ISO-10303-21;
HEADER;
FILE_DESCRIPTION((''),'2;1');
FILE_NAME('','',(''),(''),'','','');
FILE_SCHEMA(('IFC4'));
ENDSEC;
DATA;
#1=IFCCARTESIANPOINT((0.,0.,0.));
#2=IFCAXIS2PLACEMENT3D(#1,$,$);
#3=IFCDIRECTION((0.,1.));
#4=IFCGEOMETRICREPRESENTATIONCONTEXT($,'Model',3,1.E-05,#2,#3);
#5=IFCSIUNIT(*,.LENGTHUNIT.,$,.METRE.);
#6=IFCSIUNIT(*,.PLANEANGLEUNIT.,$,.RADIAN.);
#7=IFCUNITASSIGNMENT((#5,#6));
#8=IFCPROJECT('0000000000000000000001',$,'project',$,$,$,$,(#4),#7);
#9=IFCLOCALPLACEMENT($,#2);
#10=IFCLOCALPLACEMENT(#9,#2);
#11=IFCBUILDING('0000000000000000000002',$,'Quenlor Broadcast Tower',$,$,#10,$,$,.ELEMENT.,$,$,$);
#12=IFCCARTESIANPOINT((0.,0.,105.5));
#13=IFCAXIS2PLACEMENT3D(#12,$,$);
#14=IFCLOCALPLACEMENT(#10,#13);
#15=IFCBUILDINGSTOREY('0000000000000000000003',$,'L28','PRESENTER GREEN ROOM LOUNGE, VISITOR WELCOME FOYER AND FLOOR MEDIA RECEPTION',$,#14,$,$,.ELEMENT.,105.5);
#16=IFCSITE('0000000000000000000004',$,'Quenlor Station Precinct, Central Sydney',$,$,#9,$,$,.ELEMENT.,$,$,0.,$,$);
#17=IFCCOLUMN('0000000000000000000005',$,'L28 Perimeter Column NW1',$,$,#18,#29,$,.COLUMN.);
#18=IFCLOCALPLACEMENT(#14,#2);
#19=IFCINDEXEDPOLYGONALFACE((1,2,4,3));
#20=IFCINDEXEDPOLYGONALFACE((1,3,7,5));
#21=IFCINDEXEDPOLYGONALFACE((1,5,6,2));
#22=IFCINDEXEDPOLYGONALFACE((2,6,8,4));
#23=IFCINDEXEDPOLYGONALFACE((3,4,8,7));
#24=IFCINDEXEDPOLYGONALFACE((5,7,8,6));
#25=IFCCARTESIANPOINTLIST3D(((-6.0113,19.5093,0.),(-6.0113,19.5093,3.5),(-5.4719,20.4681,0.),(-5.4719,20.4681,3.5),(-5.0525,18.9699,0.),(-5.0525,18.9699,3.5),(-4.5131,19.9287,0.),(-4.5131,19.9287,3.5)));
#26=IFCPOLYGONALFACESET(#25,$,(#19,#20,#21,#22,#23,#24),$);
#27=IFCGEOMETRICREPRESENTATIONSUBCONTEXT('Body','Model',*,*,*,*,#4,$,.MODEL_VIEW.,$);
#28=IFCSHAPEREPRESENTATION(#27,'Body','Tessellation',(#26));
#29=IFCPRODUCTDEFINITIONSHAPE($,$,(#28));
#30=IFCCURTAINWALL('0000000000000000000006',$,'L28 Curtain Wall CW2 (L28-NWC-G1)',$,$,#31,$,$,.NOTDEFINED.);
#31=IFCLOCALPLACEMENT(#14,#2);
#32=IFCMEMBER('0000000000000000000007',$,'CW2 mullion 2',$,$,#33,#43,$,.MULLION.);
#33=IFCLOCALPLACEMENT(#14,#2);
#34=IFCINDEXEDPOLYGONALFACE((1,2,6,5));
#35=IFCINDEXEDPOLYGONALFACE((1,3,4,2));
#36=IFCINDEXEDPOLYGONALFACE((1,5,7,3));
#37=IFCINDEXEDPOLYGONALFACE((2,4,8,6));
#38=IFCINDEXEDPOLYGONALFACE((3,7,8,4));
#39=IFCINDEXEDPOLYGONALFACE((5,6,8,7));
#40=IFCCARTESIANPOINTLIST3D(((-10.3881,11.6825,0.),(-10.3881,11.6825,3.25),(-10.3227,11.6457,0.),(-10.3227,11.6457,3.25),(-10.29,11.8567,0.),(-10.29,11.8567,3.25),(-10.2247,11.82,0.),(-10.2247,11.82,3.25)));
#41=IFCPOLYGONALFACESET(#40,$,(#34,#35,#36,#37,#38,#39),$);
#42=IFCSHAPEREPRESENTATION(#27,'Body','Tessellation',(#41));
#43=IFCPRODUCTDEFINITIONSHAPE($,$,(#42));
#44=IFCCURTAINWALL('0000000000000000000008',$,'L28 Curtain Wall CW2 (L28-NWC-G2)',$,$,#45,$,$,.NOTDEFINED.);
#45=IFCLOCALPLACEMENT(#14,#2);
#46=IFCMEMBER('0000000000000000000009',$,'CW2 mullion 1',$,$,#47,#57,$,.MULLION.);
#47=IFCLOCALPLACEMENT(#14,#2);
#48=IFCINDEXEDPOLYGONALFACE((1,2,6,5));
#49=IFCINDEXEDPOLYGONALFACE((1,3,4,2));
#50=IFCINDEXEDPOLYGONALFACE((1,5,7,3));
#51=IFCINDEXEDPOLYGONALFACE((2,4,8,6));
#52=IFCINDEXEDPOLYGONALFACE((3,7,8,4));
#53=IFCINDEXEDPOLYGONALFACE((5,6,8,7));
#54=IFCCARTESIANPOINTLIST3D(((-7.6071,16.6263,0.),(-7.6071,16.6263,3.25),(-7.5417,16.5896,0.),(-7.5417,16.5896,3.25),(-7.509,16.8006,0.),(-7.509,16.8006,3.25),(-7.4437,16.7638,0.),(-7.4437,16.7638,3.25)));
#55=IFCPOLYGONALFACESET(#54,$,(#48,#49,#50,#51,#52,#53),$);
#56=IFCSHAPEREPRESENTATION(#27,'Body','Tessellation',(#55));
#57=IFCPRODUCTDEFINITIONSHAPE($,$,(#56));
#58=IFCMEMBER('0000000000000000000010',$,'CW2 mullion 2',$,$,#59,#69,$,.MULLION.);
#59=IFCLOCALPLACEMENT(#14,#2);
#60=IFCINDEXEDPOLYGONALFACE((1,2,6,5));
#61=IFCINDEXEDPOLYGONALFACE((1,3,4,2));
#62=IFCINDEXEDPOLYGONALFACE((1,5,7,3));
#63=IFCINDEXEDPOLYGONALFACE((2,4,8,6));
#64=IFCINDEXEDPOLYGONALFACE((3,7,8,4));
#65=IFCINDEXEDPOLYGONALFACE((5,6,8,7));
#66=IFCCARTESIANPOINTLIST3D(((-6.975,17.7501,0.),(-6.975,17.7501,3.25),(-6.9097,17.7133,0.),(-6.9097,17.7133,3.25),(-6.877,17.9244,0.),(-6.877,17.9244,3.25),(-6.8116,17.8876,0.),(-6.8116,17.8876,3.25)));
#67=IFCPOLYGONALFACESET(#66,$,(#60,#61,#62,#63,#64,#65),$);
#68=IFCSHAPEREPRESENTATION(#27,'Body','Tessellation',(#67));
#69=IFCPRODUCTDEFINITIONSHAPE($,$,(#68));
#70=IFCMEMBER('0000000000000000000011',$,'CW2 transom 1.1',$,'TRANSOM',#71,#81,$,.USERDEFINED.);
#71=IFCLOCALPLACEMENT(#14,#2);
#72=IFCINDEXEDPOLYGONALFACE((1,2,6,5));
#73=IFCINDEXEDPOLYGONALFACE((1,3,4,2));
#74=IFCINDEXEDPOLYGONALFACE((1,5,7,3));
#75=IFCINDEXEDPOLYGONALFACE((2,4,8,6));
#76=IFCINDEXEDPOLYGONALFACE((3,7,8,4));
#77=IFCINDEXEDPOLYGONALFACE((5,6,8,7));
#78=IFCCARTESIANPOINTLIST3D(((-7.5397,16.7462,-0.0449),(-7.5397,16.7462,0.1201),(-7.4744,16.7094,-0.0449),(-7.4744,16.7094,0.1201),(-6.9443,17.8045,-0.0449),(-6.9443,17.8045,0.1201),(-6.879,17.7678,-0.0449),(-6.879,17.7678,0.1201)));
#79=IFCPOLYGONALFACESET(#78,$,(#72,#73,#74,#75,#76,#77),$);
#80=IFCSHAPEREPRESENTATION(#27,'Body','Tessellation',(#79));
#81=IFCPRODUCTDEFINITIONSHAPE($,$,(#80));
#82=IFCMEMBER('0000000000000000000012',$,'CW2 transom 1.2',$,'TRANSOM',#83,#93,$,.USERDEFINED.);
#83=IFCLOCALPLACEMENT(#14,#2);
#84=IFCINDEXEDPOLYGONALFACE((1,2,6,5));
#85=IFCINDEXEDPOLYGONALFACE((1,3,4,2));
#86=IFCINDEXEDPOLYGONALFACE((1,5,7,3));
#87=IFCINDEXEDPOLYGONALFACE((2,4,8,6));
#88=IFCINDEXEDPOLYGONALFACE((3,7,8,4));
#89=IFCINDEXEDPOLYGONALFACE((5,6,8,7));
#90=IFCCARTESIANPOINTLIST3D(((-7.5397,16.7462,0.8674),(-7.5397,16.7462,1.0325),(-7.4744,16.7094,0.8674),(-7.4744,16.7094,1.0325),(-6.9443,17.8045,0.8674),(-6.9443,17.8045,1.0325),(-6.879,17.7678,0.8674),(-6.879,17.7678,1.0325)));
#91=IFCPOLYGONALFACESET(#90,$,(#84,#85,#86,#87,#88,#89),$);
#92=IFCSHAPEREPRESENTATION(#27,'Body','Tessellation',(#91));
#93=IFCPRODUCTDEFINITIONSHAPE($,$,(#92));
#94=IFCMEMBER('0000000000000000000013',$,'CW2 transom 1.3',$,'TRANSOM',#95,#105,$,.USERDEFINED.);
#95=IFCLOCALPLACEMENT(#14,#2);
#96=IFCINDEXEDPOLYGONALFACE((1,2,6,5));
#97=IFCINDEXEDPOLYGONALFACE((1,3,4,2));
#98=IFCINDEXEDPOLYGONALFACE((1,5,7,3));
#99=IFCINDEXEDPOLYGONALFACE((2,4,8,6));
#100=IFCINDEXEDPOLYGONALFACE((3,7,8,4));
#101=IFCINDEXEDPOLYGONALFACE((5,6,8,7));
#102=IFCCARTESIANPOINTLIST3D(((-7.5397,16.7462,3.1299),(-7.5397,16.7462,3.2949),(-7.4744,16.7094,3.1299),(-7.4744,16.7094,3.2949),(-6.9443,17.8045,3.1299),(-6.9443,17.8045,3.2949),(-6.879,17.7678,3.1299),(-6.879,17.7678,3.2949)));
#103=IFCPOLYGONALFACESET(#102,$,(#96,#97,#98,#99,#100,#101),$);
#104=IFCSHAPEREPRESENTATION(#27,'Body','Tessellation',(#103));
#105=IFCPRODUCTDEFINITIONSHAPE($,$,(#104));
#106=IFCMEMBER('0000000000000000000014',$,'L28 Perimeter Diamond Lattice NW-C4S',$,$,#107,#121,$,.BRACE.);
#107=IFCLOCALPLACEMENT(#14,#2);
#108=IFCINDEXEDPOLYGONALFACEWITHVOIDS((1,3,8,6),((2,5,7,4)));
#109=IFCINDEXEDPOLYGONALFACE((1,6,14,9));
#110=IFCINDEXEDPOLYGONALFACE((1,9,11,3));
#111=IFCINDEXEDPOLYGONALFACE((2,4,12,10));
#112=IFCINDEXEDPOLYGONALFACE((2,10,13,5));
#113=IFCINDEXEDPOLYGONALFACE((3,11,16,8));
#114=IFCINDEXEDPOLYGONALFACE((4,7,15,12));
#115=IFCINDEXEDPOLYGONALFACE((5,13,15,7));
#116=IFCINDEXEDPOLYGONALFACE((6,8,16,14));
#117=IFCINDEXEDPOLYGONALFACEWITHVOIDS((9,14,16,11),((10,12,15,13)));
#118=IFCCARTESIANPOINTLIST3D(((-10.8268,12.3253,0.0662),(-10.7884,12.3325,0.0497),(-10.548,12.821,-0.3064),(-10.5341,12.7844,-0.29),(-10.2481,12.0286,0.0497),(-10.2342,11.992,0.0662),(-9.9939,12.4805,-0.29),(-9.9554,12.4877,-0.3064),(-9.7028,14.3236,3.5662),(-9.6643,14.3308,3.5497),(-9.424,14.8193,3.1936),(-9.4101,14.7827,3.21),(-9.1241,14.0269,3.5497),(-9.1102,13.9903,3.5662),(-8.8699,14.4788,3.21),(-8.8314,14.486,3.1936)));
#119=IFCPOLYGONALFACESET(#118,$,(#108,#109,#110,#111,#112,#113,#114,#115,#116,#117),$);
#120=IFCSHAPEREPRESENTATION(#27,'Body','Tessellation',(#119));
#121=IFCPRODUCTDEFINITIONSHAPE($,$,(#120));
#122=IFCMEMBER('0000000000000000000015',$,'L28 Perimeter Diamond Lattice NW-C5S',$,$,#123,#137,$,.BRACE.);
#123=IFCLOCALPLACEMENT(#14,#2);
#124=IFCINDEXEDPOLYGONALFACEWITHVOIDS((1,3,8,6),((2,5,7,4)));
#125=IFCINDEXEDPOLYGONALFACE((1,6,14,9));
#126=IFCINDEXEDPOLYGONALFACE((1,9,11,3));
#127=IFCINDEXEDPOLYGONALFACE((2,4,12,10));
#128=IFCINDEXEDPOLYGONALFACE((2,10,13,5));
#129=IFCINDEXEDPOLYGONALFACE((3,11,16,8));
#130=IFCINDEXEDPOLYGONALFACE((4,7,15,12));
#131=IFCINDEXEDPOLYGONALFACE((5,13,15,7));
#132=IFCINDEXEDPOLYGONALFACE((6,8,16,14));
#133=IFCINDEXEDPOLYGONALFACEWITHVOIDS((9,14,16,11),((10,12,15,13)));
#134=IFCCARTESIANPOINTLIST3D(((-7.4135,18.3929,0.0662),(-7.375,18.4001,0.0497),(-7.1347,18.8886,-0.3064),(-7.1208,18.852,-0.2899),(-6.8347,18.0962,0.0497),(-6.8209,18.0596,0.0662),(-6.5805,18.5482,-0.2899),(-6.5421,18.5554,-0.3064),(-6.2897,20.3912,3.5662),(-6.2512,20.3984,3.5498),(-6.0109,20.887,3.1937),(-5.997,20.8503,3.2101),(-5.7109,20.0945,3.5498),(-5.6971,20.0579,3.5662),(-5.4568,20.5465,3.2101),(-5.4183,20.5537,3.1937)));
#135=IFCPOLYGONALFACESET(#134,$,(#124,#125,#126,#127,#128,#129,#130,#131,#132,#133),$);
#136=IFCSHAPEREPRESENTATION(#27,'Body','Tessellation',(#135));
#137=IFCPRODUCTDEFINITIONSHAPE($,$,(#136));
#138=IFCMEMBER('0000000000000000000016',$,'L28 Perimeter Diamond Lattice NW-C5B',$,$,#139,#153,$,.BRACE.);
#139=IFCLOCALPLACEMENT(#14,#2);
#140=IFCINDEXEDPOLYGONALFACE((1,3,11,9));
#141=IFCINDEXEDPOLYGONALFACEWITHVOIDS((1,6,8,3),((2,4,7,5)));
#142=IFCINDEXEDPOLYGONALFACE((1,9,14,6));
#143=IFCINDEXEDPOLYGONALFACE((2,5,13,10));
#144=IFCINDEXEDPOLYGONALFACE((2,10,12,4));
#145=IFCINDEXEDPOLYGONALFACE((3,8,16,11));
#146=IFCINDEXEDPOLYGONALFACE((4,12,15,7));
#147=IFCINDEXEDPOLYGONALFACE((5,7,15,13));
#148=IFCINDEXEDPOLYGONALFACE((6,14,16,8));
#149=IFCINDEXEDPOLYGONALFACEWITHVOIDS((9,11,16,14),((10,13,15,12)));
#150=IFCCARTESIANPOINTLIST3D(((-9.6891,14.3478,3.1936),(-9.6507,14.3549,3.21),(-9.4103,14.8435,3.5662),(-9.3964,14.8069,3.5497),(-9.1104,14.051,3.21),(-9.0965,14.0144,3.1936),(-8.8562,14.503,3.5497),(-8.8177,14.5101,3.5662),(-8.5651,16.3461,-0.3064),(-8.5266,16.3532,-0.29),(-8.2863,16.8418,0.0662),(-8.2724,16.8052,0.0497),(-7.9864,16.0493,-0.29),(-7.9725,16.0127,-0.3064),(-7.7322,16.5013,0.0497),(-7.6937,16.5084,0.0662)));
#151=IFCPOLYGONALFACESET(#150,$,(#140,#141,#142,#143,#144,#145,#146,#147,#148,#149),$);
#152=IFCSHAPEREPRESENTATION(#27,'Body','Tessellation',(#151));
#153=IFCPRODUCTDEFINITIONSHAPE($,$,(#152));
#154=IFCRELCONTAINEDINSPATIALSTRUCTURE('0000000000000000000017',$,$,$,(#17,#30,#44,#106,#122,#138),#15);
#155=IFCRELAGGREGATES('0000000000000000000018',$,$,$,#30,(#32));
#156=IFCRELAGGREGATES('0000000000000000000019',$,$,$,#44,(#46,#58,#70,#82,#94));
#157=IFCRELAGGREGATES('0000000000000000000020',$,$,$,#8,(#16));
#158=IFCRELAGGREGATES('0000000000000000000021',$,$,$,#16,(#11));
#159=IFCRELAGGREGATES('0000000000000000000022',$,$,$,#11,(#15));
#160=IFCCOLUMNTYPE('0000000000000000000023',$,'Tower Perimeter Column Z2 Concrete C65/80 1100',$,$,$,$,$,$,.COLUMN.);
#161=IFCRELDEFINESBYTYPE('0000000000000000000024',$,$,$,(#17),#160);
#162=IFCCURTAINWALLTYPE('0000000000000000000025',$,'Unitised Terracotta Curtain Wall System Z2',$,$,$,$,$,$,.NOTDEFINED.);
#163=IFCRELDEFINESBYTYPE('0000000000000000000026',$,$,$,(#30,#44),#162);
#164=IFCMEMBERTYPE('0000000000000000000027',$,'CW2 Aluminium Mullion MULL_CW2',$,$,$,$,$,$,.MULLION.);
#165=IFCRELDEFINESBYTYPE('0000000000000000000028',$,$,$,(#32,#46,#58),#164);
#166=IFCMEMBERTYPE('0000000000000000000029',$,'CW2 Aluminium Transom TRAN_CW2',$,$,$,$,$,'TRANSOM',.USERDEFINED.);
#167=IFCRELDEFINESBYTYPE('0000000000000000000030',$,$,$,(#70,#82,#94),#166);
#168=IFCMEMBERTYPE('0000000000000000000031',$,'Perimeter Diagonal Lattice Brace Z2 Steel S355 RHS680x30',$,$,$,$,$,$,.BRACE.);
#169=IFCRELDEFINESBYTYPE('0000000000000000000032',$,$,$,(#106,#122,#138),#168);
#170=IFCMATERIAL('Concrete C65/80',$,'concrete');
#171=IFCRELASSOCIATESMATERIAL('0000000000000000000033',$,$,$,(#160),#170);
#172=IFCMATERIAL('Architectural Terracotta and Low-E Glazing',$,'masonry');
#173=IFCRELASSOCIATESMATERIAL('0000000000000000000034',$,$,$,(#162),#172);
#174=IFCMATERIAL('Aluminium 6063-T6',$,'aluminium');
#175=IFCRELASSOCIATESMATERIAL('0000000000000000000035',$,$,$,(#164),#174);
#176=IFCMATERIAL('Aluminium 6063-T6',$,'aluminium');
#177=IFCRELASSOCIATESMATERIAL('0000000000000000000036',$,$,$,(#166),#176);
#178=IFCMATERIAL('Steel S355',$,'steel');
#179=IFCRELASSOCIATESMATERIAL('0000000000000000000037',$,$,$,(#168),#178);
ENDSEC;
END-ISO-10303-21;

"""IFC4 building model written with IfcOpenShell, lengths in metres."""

from ifc_helpers import new_model, si_unit, direction, frame, origin, origin_2d, place, context, subcontext, project, spatial, rectangle, hollow_rectangle, extrude, material, material_profile, profile_set, type_object, element, aggregate, save


model = new_model("IFC4")

# Units and contexts
model_context = context("Model", 3, precision=1e-05, world=origin(), true_north=direction((0.0, 1.0)))
body_context = subcontext(model_context, "Body", "Model", "MODEL_VIEW")
ifc_project = project(units=[si_unit("LENGTHUNIT", "METRE"), si_unit("PLANEANGLEUNIT", "RADIAN")], contexts=[model_context])

# Site, building, storey
site_placement = place(None, origin())
site = spatial("IfcSite", under=ifc_project, at=site_placement, Name="Quenlor Station Precinct, Central Sydney", CompositionType="ELEMENT", RefElevation=0.0)
building_placement = place(site_placement, origin())
building = spatial("IfcBuilding", under=site, at=building_placement, Name="Quenlor Broadcast Tower", CompositionType="ELEMENT")
storey_placement = place(building_placement, frame((0.0, 0.0, 105.5)))
storey = spatial("IfcBuildingStorey", under=building, at=storey_placement, Name="L28", Description="PRESENTER GREEN ROOM LOUNGE, VISITOR WELCOME FOYER AND FLOOR MEDIA RECEPTION", CompositionType="ELEMENT", Elevation=105.5)

# Column
ifc_material_1 = material(Name="Concrete C65/80", Category="concrete")
ifc_material_profile_1 = material_profile(ifc_material_1, rectangle(XDim=1.1001, YDim=1.1001, at=origin_2d()))
ifc_profile_set_1 = profile_set([ifc_material_profile_1], Name="Concrete C65/80 RC1100x1100")
column_type = type_object("IfcColumnType", Name="Tower Perimeter Column Z2 Concrete C65/80 1100", PredefinedType="COLUMN", material=ifc_profile_set_1)
column_placement = place(storey_placement, frame((-5.2622, 19.719, 0.0), z_axis=(0.0, 0.0, 1.0), x_axis=(-0.871575, 0.490262, 0.0)))
element("IfcColumn", 1, at=column_placement, inside=storey, type_object=column_type, Name="L28 Perimeter Column NW1", PredefinedType="COLUMN", context=body_context, shape_type="SweptSolid", body=[
    extrude(rectangle(XDim=1.1001, YDim=1.1001, at=origin_2d()), origin(), (0.0, 0.0, 1.0), 3.5),
])

# Curtain wall, member
ifc_material_2 = material(Name="Architectural Terracotta and Low-E Glazing", Category="masonry")
curtain_wall_type = type_object("IfcCurtainWallType", Name="Unitised Terracotta Curtain Wall System Z2", PredefinedType="NOTDEFINED", material=ifc_material_2)
curtain_wall_1_placement = place(storey_placement, origin())
curtain_wall_1 = element("IfcCurtainWall", 2, at=curtain_wall_1_placement, inside=storey, type_object=curtain_wall_type, Name="L28 Curtain Wall CW2 (L28-NWC-G1)", PredefinedType="NOTDEFINED")
ifc_material_3 = material(Name="Aluminium 6063-T6", Category="aluminium")
ifc_material_profile_2 = material_profile(ifc_material_3, rectangle(XDim=0.075, YDim=0.2, at=origin_2d()))
ifc_profile_set_2 = profile_set([ifc_material_profile_2], Name="Aluminium 6063-T6 MULL75x200")
member_type_1 = type_object("IfcMemberType", Name="CW2 Aluminium Mullion MULL_CW2", PredefinedType="MULLION", material=ifc_profile_set_2)
member_1_placement = place(storey_placement, frame((-10.3064, 11.7512, 0.0), z_axis=(0.0, 0.0, 1.0), x_axis=(-0.871581, 0.490252, 0.0)))
member_1 = element("IfcMember", 3, at=member_1_placement, type_object=member_type_1, Name="CW2 mullion 2", PredefinedType="MULLION", context=body_context, shape_type="SweptSolid", body=[
    extrude(rectangle(XDim=0.075, YDim=0.2, at=origin_2d()), origin(), (0.0, 0.0, 1.0), 3.25),
])

# Curtain wall, members
curtain_wall_2_placement = place(storey_placement, origin())
curtain_wall_2 = element("IfcCurtainWall", 4, at=curtain_wall_2_placement, inside=storey, type_object=curtain_wall_type, Name="L28 Curtain Wall CW2 (L28-NWC-G2)", PredefinedType="NOTDEFINED")
member_2_placement = place(storey_placement, frame((-7.5254, 16.6951, 0.0), z_axis=(0.0, 0.0, 1.0), x_axis=(-0.871583, 0.490247, 0.0)))
member_2 = element("IfcMember", 5, at=member_2_placement, type_object=member_type_1, Name="CW2 mullion 1", PredefinedType="MULLION", context=body_context, shape_type="SweptSolid", body=[
    extrude(rectangle(XDim=0.075, YDim=0.2, at=origin_2d()), origin(), (0.0, 0.0, 1.0), 3.25),
])
member_3_placement = place(storey_placement, frame((-6.8933, 17.8188, 0.0), z_axis=(0.0, 0.0, 1.0), x_axis=(-0.871583, 0.490247, 0.0)))
member_3 = element("IfcMember", 6, at=member_3_placement, type_object=member_type_1, Name="CW2 mullion 2", PredefinedType="MULLION", context=body_context, shape_type="SweptSolid", body=[
    extrude(rectangle(XDim=0.075, YDim=0.2, at=origin_2d()), origin(), (0.0, 0.0, 1.0), 3.25),
])
ifc_material_4 = material(Name="Aluminium 6063-T6", Category="aluminium")
ifc_material_profile_3 = material_profile(ifc_material_4, rectangle(XDim=0.075, YDim=0.165, at=origin_2d()))
ifc_profile_set_3 = profile_set([ifc_material_profile_3], Name="Aluminium 6063-T6 TRAN75x165")
member_type_2 = type_object("IfcMemberType", Name="CW2 Aluminium Transom TRAN_CW2", ElementType="TRANSOM", PredefinedType="USERDEFINED", material=ifc_profile_set_3)
member_4_placement = place(storey_placement, frame((-7.5071, 16.7278, 0.0376), z_axis=(0.490347, 0.871527, 0.0), x_axis=(-0.871527, 0.490347, 0.0)))
member_4 = element("IfcMember", 7, at=member_4_placement, type_object=member_type_2, Name="CW2 transom 1.1", ObjectType="TRANSOM", PredefinedType="USERDEFINED", context=body_context, shape_type="SweptSolid", body=[
    extrude(rectangle(XDim=0.075, YDim=0.165, at=origin_2d()), origin(), (0.0, 0.0, 1.0), 1.2144),
])
member_5_placement = place(storey_placement, frame((-7.5071, 16.7278, 0.95), z_axis=(0.490347, 0.871527, 0.0), x_axis=(-0.871527, 0.490347, 0.0)))
member_5 = element("IfcMember", 8, at=member_5_placement, type_object=member_type_2, Name="CW2 transom 1.2", ObjectType="TRANSOM", PredefinedType="USERDEFINED", context=body_context, shape_type="SweptSolid", body=[
    extrude(rectangle(XDim=0.075, YDim=0.165, at=origin_2d()), origin(), (0.0, 0.0, 1.0), 1.2144),
])
member_6_placement = place(storey_placement, frame((-7.5071, 16.7278, 3.2124), z_axis=(0.490347, 0.871527, 0.0), x_axis=(-0.871527, 0.490347, 0.0)))
member_6 = element("IfcMember", 9, at=member_6_placement, type_object=member_type_2, Name="CW2 transom 1.3", ObjectType="TRANSOM", PredefinedType="USERDEFINED", context=body_context, shape_type="SweptSolid", body=[
    extrude(rectangle(XDim=0.075, YDim=0.165, at=origin_2d()), origin(), (0.0, 0.0, 1.0), 1.2144),
])

# Members
ifc_material_5 = material(Name="Steel S355", Category="steel")
ifc_material_profile_4 = material_profile(ifc_material_5, hollow_rectangle(XDim=0.6799, YDim=0.6799, WallThickness=0.03, at=origin_2d()))
ifc_profile_set_4 = profile_set([ifc_material_profile_4], Name="Steel S355 RHS680x680x30")
member_type_3 = type_object("IfcMemberType", Name="Perimeter Diagonal Lattice Brace Z2 Steel S355 RHS680x30", PredefinedType="BRACE", material=ifc_profile_set_4)
for number, where, z_axis, x_axis, name in (
    (10, (-10.3911, 12.4065, -0.1201), (0.268642, 0.477593, 0.836502), (-0.871578, 0.490256, 0.0), "L28 Perimeter Diamond Lattice NW-C4S"),
    (11, (-6.9778, 18.4741, -0.1201), (0.268588, 0.4776, 0.836516), (-0.871624, 0.490175, 0.0), "L28 Perimeter Diamond Lattice NW-C5S"),
    (12, (-8.1294, 16.4272, -0.1201), (-0.268642, -0.477593, 0.836502), (0.871578, -0.490256, 0.0), "L28 Perimeter Diamond Lattice NW-C5B"),
):
    element("IfcMember", number, at=place(storey_placement, frame(where, z_axis=z_axis, x_axis=x_axis)), inside=storey, type_object=member_type_3, Name=name, PredefinedType="BRACE", context=body_context, shape_type="SweptSolid", body=[
        extrude(hollow_rectangle(XDim=0.6799, YDim=0.6799, WallThickness=0.03, at=origin_2d()), origin(), (0.0, 0.0, 1.0), 4.1841),
    ])

aggregate(curtain_wall_1, [member_1])
aggregate(curtain_wall_2, [member_2, member_3, member_4, member_5, member_6])

save(model, "model.ifc")
